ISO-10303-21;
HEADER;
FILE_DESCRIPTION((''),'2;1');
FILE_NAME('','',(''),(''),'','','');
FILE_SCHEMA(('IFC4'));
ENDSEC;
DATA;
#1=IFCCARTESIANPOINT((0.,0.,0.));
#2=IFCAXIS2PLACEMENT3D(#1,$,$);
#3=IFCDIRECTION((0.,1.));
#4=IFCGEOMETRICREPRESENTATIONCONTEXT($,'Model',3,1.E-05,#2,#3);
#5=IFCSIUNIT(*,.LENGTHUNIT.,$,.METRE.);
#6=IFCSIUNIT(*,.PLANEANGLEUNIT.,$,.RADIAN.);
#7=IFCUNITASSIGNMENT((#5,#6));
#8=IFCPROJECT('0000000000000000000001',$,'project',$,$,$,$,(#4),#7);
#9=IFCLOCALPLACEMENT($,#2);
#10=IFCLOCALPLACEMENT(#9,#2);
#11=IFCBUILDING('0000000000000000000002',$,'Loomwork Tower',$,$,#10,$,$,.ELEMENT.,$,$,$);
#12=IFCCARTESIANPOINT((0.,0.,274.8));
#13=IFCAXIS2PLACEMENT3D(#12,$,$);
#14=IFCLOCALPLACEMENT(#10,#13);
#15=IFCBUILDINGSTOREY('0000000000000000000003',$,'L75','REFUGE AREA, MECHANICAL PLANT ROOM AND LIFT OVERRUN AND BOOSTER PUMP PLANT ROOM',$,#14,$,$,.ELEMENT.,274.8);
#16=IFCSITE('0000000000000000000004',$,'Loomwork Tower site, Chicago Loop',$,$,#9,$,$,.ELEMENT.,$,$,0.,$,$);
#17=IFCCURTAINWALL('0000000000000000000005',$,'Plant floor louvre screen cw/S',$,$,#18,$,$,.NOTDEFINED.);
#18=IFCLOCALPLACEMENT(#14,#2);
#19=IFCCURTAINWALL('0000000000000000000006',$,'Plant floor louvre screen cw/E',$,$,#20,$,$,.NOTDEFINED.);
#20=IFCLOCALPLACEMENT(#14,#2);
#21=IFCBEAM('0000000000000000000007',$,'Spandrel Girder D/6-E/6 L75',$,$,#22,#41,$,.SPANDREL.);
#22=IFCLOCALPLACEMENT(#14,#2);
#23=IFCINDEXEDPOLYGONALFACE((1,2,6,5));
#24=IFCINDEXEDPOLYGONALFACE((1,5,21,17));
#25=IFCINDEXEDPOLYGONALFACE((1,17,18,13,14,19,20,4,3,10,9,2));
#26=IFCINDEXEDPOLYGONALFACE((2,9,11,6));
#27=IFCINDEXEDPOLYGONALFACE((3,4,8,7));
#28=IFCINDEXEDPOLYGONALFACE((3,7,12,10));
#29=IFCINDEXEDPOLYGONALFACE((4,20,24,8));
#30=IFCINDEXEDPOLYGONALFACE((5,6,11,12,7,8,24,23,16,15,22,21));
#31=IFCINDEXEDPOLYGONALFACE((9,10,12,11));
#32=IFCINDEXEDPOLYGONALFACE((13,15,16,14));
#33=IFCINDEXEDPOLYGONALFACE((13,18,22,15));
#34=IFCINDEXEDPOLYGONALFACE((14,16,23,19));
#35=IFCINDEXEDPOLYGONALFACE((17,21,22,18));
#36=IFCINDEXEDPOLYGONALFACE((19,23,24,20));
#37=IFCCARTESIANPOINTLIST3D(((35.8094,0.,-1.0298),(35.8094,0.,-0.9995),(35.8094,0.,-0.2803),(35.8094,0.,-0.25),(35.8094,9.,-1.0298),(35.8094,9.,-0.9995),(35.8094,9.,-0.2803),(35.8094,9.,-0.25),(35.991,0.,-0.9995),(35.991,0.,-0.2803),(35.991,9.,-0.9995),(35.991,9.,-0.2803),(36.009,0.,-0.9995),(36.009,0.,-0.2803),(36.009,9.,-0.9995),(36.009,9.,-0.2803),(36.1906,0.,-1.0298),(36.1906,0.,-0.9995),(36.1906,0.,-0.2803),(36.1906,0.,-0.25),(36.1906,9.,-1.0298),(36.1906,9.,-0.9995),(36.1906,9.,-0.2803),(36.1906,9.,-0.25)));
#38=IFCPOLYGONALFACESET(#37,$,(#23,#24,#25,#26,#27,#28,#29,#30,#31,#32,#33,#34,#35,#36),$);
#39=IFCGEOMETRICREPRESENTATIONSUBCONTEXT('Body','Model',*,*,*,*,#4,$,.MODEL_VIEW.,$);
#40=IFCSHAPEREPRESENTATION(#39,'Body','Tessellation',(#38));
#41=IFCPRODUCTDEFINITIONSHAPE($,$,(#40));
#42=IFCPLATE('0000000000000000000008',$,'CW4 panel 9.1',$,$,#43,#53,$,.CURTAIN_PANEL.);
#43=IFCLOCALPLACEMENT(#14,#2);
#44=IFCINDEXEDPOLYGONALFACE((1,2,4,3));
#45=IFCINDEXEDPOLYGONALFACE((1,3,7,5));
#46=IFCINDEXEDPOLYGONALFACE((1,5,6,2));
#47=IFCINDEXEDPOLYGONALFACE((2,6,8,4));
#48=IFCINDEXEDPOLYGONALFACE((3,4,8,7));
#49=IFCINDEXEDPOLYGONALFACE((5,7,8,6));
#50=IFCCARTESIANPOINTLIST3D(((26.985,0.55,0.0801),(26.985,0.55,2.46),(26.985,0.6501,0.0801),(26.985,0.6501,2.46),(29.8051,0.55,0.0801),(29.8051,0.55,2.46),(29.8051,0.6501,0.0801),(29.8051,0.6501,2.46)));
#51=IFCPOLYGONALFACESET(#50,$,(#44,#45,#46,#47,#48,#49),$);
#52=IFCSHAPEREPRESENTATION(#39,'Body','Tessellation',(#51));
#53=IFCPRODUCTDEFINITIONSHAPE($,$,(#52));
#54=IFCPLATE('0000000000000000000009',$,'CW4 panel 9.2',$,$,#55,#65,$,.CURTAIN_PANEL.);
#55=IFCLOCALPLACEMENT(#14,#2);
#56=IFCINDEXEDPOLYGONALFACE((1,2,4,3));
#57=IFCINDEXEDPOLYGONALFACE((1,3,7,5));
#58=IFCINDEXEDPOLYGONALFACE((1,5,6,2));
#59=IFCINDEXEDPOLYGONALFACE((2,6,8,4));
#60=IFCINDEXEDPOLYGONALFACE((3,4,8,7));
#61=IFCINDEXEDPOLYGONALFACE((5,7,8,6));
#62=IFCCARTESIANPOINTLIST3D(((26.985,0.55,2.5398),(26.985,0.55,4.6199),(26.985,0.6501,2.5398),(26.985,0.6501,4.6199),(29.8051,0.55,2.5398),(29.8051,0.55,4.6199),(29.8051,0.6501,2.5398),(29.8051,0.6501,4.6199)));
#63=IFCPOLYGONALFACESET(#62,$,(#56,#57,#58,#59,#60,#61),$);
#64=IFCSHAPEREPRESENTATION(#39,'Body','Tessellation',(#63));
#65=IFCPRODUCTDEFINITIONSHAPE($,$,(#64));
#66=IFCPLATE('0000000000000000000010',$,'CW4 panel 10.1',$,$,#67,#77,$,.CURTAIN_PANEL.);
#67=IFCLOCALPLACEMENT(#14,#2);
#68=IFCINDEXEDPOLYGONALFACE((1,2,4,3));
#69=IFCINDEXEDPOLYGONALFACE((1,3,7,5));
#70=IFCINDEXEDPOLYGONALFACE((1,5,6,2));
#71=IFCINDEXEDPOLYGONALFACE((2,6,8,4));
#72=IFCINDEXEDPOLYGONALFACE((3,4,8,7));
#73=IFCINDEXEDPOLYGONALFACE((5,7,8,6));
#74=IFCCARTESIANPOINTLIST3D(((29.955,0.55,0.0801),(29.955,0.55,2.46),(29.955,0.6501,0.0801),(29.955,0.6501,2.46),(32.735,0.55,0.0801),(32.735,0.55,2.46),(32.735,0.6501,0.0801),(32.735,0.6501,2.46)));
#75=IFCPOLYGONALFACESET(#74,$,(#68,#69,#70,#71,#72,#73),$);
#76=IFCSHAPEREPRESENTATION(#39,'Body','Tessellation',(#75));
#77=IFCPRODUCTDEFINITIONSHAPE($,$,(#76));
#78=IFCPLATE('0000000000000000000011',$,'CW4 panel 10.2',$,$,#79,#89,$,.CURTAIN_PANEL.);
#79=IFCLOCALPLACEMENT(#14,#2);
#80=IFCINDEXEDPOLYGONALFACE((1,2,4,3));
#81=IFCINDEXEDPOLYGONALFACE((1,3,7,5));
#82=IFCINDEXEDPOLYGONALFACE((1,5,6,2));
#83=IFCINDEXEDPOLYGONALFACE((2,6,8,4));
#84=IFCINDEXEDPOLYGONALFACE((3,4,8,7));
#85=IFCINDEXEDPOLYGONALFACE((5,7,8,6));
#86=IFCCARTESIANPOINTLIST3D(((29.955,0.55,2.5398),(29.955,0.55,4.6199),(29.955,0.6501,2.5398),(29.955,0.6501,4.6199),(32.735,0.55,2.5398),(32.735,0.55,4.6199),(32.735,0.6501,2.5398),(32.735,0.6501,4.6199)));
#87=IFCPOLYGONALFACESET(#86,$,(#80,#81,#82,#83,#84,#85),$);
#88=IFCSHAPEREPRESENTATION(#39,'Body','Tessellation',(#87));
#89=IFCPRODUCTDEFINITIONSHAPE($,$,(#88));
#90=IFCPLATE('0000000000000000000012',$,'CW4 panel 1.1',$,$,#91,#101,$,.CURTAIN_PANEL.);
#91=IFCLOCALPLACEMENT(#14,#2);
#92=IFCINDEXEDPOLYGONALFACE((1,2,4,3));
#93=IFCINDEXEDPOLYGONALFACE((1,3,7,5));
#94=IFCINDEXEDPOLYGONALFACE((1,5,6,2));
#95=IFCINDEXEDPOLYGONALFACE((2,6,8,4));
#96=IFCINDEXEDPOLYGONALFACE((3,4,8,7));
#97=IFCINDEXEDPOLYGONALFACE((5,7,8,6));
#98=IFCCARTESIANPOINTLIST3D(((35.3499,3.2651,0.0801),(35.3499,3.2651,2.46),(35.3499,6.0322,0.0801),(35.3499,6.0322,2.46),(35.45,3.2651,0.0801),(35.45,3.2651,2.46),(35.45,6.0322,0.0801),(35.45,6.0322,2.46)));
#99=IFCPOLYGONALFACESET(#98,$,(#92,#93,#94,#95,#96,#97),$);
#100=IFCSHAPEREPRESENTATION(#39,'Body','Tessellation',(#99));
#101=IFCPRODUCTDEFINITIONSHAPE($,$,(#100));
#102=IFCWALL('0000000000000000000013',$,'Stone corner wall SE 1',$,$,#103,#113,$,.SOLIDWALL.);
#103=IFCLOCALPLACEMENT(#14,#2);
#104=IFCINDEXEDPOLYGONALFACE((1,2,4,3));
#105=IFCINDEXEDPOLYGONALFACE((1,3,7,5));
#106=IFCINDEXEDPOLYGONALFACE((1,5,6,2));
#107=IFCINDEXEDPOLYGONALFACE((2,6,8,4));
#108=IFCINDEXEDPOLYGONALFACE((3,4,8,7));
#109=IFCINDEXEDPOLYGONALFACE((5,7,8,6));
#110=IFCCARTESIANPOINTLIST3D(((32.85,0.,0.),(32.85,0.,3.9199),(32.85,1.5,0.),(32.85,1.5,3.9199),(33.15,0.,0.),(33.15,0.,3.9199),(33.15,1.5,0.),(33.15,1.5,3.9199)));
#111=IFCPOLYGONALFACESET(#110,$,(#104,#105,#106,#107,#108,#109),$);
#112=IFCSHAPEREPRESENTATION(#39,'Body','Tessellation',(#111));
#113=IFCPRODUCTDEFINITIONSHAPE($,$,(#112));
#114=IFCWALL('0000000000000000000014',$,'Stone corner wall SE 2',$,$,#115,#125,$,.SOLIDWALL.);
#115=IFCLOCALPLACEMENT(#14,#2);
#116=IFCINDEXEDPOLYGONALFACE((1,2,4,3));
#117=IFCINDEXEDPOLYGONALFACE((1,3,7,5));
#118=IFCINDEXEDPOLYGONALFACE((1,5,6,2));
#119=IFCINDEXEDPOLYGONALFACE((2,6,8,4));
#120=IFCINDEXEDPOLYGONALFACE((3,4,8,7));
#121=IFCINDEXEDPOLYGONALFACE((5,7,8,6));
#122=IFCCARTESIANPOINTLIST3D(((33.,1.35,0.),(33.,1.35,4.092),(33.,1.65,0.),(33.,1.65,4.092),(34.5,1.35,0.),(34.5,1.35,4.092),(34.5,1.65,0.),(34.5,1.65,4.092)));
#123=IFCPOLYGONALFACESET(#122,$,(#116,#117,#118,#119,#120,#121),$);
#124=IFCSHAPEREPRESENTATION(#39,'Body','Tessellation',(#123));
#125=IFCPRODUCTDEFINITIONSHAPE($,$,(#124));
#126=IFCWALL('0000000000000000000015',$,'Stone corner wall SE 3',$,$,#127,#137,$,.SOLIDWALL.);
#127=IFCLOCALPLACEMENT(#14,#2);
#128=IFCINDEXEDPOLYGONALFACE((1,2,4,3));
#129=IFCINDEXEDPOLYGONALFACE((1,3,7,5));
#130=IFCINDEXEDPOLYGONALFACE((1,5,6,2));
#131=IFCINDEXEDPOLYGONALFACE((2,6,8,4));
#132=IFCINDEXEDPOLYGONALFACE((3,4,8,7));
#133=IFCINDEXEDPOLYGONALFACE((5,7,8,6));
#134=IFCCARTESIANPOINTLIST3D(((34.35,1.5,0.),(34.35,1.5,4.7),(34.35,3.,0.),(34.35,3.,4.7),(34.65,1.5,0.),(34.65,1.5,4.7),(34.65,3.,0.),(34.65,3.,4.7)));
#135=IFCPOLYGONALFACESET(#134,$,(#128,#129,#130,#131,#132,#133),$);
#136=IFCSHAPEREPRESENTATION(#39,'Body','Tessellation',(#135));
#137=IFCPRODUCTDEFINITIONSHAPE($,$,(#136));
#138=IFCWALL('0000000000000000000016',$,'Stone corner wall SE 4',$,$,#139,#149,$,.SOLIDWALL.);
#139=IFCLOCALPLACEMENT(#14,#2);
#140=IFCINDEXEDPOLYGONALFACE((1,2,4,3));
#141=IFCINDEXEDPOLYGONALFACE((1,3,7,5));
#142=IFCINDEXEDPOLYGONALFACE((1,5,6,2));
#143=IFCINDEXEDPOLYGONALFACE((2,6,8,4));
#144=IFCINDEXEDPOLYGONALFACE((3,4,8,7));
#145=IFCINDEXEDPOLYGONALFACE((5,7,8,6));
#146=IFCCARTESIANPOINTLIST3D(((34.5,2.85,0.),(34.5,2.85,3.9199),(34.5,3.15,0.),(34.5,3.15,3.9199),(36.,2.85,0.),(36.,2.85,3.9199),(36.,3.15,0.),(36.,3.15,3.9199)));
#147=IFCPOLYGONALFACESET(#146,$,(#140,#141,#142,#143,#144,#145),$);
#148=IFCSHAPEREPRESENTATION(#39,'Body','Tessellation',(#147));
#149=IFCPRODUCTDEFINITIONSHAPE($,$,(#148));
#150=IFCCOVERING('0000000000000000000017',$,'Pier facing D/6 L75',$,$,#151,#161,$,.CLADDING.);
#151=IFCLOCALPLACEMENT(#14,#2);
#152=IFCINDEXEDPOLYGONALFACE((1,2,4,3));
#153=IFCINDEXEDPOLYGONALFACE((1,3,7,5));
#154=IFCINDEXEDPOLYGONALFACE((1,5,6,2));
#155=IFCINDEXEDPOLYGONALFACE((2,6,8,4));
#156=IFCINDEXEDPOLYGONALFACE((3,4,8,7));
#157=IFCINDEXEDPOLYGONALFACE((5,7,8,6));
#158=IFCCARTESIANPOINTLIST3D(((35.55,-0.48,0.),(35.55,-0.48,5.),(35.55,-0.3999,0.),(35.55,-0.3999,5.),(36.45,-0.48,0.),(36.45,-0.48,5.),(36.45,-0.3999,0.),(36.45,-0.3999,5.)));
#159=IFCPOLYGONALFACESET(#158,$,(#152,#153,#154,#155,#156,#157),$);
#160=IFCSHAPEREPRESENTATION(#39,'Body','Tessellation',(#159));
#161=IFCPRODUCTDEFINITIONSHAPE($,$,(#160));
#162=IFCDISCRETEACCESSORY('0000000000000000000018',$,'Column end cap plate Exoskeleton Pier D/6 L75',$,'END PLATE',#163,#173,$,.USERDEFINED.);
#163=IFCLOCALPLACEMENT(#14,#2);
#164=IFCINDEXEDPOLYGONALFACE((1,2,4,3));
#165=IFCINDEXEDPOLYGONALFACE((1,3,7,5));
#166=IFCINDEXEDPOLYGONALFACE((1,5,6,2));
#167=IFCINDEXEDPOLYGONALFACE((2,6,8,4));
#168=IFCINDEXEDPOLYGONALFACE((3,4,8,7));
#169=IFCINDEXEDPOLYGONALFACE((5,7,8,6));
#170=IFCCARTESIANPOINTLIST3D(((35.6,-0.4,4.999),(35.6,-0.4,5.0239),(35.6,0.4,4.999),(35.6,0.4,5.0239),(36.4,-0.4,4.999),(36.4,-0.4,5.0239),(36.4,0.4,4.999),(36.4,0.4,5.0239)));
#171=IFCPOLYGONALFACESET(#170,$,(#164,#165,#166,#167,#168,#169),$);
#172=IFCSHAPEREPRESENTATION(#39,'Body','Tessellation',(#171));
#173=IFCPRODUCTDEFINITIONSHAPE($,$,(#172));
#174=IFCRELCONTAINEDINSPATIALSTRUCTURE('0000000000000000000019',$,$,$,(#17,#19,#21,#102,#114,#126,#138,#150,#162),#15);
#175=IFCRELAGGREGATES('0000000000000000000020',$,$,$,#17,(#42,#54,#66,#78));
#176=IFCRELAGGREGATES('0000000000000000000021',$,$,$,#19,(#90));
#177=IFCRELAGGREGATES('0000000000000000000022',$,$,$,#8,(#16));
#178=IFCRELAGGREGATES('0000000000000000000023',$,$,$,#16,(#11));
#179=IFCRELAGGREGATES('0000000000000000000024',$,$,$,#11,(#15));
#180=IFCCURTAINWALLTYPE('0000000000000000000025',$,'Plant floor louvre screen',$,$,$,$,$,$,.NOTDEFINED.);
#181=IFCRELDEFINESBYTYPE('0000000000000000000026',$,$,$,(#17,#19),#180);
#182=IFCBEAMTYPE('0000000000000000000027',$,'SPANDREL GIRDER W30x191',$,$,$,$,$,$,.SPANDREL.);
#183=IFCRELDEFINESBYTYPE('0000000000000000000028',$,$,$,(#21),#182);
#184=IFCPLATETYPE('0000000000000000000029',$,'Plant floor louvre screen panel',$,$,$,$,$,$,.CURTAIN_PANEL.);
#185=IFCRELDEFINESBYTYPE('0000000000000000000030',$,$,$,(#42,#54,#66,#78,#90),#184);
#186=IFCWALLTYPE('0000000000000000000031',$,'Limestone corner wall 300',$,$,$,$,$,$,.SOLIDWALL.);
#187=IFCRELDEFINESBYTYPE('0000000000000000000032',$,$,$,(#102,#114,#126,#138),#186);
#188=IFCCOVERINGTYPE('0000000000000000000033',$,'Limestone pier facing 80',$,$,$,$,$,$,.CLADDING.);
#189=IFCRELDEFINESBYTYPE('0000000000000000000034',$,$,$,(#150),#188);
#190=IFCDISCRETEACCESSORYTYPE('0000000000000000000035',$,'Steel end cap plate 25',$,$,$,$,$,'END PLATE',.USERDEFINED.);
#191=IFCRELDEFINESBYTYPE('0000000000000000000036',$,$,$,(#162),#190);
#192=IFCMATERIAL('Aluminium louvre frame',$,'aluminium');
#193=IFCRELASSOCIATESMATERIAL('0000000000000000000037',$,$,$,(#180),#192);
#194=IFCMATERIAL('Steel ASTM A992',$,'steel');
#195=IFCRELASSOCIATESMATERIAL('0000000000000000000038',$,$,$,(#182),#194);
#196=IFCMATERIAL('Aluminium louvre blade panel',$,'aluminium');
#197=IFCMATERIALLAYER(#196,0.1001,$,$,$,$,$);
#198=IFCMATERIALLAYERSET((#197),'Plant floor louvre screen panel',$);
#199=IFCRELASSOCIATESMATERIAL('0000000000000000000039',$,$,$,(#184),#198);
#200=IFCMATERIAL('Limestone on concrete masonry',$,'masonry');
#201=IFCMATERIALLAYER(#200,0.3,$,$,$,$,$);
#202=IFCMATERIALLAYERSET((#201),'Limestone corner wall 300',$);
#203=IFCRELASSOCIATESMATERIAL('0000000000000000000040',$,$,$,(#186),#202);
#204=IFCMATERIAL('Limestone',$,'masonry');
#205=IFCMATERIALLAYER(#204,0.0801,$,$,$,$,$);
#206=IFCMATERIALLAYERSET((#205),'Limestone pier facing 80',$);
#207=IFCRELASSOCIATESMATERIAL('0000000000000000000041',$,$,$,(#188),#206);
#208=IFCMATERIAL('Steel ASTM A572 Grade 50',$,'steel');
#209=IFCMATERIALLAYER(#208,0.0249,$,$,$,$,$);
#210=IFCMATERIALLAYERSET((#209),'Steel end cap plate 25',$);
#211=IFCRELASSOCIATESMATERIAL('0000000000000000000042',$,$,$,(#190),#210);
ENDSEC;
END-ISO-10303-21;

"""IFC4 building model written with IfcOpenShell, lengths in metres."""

from ifc_helpers import new_model, si_unit, direction, frame, frame_2d, origin, origin_2d, place, context, subcontext, project, spatial, rectangle, i_section, extrude, material, layer, layer_set, material_profile, profile_set, type_object, element, aggregate, save


model = new_model("IFC4")

# Units and contexts
model_context = context("Model", 3, precision=1e-05, world=origin(), true_north=direction((0.0, 1.0)))
body_context = subcontext(model_context, "Body", "Model", "MODEL_VIEW")
ifc_project = project(units=[si_unit("LENGTHUNIT", "METRE"), si_unit("PLANEANGLEUNIT", "RADIAN")], contexts=[model_context])

# Site, building, storey
site_placement = place(None, origin())
site = spatial("IfcSite", under=ifc_project, at=site_placement, Name="Loomwork Tower site, Chicago Loop", CompositionType="ELEMENT", RefElevation=0.0)
building_placement = place(site_placement, origin())
building = spatial("IfcBuilding", under=site, at=building_placement, Name="Loomwork Tower", CompositionType="ELEMENT")
storey_placement = place(building_placement, frame((0.0, 0.0, 274.8)))
storey = spatial("IfcBuildingStorey", under=building, at=storey_placement, Name="L75", Description="REFUGE AREA, MECHANICAL PLANT ROOM AND LIFT OVERRUN AND BOOSTER PUMP PLANT ROOM", CompositionType="ELEMENT", Elevation=274.8)

# Curtain wall
ifc_material_1 = material(Name="Aluminium louvre frame", Category="aluminium")
curtain_wall_type = type_object("IfcCurtainWallType", Name="Plant floor louvre screen", PredefinedType="NOTDEFINED", material=ifc_material_1)
curtain_wall_1_placement = place(storey_placement, origin())
curtain_wall_1 = element("IfcCurtainWall", 1, at=curtain_wall_1_placement, inside=storey, type_object=curtain_wall_type, Name="Plant floor louvre screen cw/S", PredefinedType="NOTDEFINED")

# Curtain wall
curtain_wall_2_placement = place(storey_placement, origin())
curtain_wall_2 = element("IfcCurtainWall", 2, at=curtain_wall_2_placement, inside=storey, type_object=curtain_wall_type, Name="Plant floor louvre screen cw/E", PredefinedType="NOTDEFINED")

# Beam
ifc_material_2 = material(Name="Steel ASTM A992", Category="steel")
ifc_material_profile_1 = material_profile(ifc_material_2, i_section(OverallWidth=0.3811, OverallDepth=0.7798, WebThickness=0.0181, FlangeThickness=0.0303, at=origin_2d()), Name="W30x191")
ifc_profile_set_1 = profile_set([ifc_material_profile_1], Name="Steel ASTM A992")
beam_type_1 = type_object("IfcBeamType", Name="SPANDREL GIRDER W30x191", PredefinedType="SPANDREL", material=ifc_profile_set_1)
beam_placement = place(storey_placement, frame((36.0, 0.0, -0.6399), z_axis=(0.0, 1.0, 0.0), x_axis=(-1.0, 0.0, 0.0)))
element("IfcBeam", 3, at=beam_placement, inside=storey, type_object=beam_type_1, Name="Spandrel Girder D/6-E/6 L75", PredefinedType="SPANDREL", context=body_context, shape_type="SweptSolid", body=[
    extrude(i_section(OverallWidth=0.3811, OverallDepth=0.7798, WebThickness=0.0181, FlangeThickness=0.0303, at=origin_2d()), origin(), (0.0, 0.0, 1.0), 9.0),
])

# Plates
ifc_material_3 = material(Name="Aluminium louvre blade panel", Category="aluminium")
ifc_layer_1 = layer(ifc_material_3, 0.1001)
ifc_layer_set_1 = layer_set([ifc_layer_1], Name="Plant floor louvre screen panel")
plate_type = type_object("IfcPlateType", Name="Plant floor louvre screen panel", PredefinedType="CURTAIN_PANEL", material=ifc_layer_set_1)
plate_1_placement = place(storey_placement, frame((28.395, 0.6001, 0.0801), z_axis=(0.0, 0.0, 1.0), x_axis=(1.0, 0.0, 0.0)))
plate_1 = element("IfcPlate", 4, at=plate_1_placement, type_object=plate_type, Name="CW4 panel 9.1", PredefinedType="CURTAIN_PANEL", context=body_context, shape_type="SweptSolid", body=[
    extrude(rectangle(XDim=2.8201, YDim=0.1001, at=origin_2d()), origin(), (0.0, 0.0, 1.0), 2.3799),
])
plate_2_placement = place(storey_placement, frame((28.395, 0.6001, 2.5398), z_axis=(0.0, 0.0, 1.0), x_axis=(1.0, 0.0, 0.0)))
plate_2 = element("IfcPlate", 5, at=plate_2_placement, type_object=plate_type, Name="CW4 panel 9.2", PredefinedType="CURTAIN_PANEL", context=body_context, shape_type="SweptSolid", body=[
    extrude(rectangle(XDim=2.8201, YDim=0.1001, at=origin_2d()), origin(), (0.0, 0.0, 1.0), 2.0801),
])
plate_3_placement = place(storey_placement, frame((31.345, 0.6001, 0.0801), z_axis=(0.0, 0.0, 1.0), x_axis=(1.0, 0.0, 0.0)))
plate_3 = element("IfcPlate", 6, at=plate_3_placement, type_object=plate_type, Name="CW4 panel 10.1", PredefinedType="CURTAIN_PANEL", context=body_context, shape_type="SweptSolid", body=[
    extrude(rectangle(XDim=2.78, YDim=0.1001, at=origin_2d()), origin(), (0.0, 0.0, 1.0), 2.3799),
])
plate_4_placement = place(storey_placement, frame((31.345, 0.6001, 2.5398), z_axis=(0.0, 0.0, 1.0), x_axis=(1.0, 0.0, 0.0)))
plate_4 = element("IfcPlate", 7, at=plate_4_placement, type_object=plate_type, Name="CW4 panel 10.2", PredefinedType="CURTAIN_PANEL", context=body_context, shape_type="SweptSolid", body=[
    extrude(rectangle(XDim=2.78, YDim=0.1001, at=origin_2d()), origin(), (0.0, 0.0, 1.0), 2.0801),
])
aggregate(curtain_wall_1, [plate_1, plate_2, plate_3, plate_4])
plate_5_placement = place(storey_placement, frame((35.3999, 4.6487, 0.0801), z_axis=(0.0, 0.0, 1.0), x_axis=(0.0, 1.0, 0.0)))
plate_5 = element("IfcPlate", 8, at=plate_5_placement, type_object=plate_type, Name="CW4 panel 1.1", PredefinedType="CURTAIN_PANEL", context=body_context, shape_type="SweptSolid", body=[
    extrude(rectangle(XDim=2.7671, YDim=0.1001, at=origin_2d()), origin(), (0.0, 0.0, 1.0), 2.3799),
])
aggregate(curtain_wall_2, [plate_5])

# Walls
ifc_material_4 = material(Name="Limestone on concrete masonry", Category="masonry")
ifc_layer_2 = layer(ifc_material_4, 0.3)
ifc_layer_set_2 = layer_set([ifc_layer_2], Name="Limestone corner wall 300")
wall_type = type_object("IfcWallType", Name="Limestone corner wall 300", PredefinedType="SOLIDWALL", material=ifc_layer_set_2)
wall_1_placement = place(storey_placement, frame((33.0, 0.0, 0.0), z_axis=(0.0, 0.0, 1.0), x_axis=(0.0, 1.0, 0.0)))
element("IfcWall", 9, at=wall_1_placement, inside=storey, type_object=wall_type, Name="Stone corner wall SE 1", PredefinedType="SOLIDWALL", context=body_context, shape_type="SweptSolid", body=[
    extrude(rectangle(XDim=1.5, YDim=0.3, at=frame_2d((0.75, 0.0))), origin(), (0.0, 0.0, 1.0), 3.9199),
])
wall_2_placement = place(storey_placement, frame((33.0, 1.5, 0.0), z_axis=(0.0, 0.0, 1.0), x_axis=(1.0, 0.0, 0.0)))
element("IfcWall", 10, at=wall_2_placement, inside=storey, type_object=wall_type, Name="Stone corner wall SE 2", PredefinedType="SOLIDWALL", context=body_context, shape_type="SweptSolid", body=[
    extrude(rectangle(XDim=1.5, YDim=0.3, at=frame_2d((0.75, 0.0))), origin(), (0.0, 0.0, 1.0), 4.092),
])
wall_3_placement = place(storey_placement, frame((34.5, 1.5, 0.0), z_axis=(0.0, 0.0, 1.0), x_axis=(0.0, 1.0, 0.0)))
element("IfcWall", 11, at=wall_3_placement, inside=storey, type_object=wall_type, Name="Stone corner wall SE 3", PredefinedType="SOLIDWALL", context=body_context, shape_type="SweptSolid", body=[
    extrude(rectangle(XDim=1.5, YDim=0.3, at=frame_2d((0.75, 0.0))), origin(), (0.0, 0.0, 1.0), 4.7),
])
wall_4_placement = place(storey_placement, frame((34.5, 3.0, 0.0), z_axis=(0.0, 0.0, 1.0), x_axis=(1.0, 0.0, 0.0)))
element("IfcWall", 12, at=wall_4_placement, inside=storey, type_object=wall_type, Name="Stone corner wall SE 4", PredefinedType="SOLIDWALL", context=body_context, shape_type="SweptSolid", body=[
    extrude(rectangle(XDim=1.5, YDim=0.3, at=frame_2d((0.75, 0.0))), origin(), (0.0, 0.0, 1.0), 3.9199),
])

# Covering
ifc_material_5 = material(Name="Limestone", Category="masonry")
ifc_layer_3 = layer(ifc_material_5, 0.0801)
ifc_layer_set_3 = layer_set([ifc_layer_3], Name="Limestone pier facing 80")
covering_type = type_object("IfcCoveringType", Name="Limestone pier facing 80", PredefinedType="CLADDING", material=ifc_layer_set_3)
covering_placement = place(storey_placement, frame((36.0, -0.4399, 0.0), z_axis=(0.0, 0.0, 1.0), x_axis=(1.0, 0.0, 0.0)))
element("IfcCovering", 13, at=covering_placement, inside=storey, type_object=covering_type, Name="Pier facing D/6 L75", PredefinedType="CLADDING", context=body_context, shape_type="SweptSolid", body=[
    extrude(rectangle(XDim=0.8999, YDim=0.0801, at=origin_2d()), origin(), (0.0, 0.0, 1.0), 5.0),
])

# Discrete accessory
ifc_material_6 = material(Name="Steel ASTM A572 Grade 50", Category="steel")
ifc_layer_4 = layer(ifc_material_6, 0.0249)
ifc_layer_set_4 = layer_set([ifc_layer_4], Name="Steel end cap plate 25")
discrete_accessory_type = type_object("IfcDiscreteAccessoryType", Name="Steel end cap plate 25", ElementType="END PLATE", PredefinedType="USERDEFINED", material=ifc_layer_set_4)
discrete_accessory_placement = place(storey_placement, frame((36.0, 0.0, 4.999), z_axis=(0.0, 0.0, 1.0), x_axis=(1.0, 0.0, 0.0)))
element("IfcDiscreteAccessory", 14, at=discrete_accessory_placement, inside=storey, type_object=discrete_accessory_type, Name="Column end cap plate Exoskeleton Pier D/6 L75", ObjectType="END PLATE", PredefinedType="USERDEFINED", context=body_context, shape_type="SweptSolid", body=[
    extrude(rectangle(XDim=0.8, YDim=0.8, at=origin_2d()), origin(), (0.0, 0.0, 1.0), 0.0249),
])

save(model, "model.ifc")
